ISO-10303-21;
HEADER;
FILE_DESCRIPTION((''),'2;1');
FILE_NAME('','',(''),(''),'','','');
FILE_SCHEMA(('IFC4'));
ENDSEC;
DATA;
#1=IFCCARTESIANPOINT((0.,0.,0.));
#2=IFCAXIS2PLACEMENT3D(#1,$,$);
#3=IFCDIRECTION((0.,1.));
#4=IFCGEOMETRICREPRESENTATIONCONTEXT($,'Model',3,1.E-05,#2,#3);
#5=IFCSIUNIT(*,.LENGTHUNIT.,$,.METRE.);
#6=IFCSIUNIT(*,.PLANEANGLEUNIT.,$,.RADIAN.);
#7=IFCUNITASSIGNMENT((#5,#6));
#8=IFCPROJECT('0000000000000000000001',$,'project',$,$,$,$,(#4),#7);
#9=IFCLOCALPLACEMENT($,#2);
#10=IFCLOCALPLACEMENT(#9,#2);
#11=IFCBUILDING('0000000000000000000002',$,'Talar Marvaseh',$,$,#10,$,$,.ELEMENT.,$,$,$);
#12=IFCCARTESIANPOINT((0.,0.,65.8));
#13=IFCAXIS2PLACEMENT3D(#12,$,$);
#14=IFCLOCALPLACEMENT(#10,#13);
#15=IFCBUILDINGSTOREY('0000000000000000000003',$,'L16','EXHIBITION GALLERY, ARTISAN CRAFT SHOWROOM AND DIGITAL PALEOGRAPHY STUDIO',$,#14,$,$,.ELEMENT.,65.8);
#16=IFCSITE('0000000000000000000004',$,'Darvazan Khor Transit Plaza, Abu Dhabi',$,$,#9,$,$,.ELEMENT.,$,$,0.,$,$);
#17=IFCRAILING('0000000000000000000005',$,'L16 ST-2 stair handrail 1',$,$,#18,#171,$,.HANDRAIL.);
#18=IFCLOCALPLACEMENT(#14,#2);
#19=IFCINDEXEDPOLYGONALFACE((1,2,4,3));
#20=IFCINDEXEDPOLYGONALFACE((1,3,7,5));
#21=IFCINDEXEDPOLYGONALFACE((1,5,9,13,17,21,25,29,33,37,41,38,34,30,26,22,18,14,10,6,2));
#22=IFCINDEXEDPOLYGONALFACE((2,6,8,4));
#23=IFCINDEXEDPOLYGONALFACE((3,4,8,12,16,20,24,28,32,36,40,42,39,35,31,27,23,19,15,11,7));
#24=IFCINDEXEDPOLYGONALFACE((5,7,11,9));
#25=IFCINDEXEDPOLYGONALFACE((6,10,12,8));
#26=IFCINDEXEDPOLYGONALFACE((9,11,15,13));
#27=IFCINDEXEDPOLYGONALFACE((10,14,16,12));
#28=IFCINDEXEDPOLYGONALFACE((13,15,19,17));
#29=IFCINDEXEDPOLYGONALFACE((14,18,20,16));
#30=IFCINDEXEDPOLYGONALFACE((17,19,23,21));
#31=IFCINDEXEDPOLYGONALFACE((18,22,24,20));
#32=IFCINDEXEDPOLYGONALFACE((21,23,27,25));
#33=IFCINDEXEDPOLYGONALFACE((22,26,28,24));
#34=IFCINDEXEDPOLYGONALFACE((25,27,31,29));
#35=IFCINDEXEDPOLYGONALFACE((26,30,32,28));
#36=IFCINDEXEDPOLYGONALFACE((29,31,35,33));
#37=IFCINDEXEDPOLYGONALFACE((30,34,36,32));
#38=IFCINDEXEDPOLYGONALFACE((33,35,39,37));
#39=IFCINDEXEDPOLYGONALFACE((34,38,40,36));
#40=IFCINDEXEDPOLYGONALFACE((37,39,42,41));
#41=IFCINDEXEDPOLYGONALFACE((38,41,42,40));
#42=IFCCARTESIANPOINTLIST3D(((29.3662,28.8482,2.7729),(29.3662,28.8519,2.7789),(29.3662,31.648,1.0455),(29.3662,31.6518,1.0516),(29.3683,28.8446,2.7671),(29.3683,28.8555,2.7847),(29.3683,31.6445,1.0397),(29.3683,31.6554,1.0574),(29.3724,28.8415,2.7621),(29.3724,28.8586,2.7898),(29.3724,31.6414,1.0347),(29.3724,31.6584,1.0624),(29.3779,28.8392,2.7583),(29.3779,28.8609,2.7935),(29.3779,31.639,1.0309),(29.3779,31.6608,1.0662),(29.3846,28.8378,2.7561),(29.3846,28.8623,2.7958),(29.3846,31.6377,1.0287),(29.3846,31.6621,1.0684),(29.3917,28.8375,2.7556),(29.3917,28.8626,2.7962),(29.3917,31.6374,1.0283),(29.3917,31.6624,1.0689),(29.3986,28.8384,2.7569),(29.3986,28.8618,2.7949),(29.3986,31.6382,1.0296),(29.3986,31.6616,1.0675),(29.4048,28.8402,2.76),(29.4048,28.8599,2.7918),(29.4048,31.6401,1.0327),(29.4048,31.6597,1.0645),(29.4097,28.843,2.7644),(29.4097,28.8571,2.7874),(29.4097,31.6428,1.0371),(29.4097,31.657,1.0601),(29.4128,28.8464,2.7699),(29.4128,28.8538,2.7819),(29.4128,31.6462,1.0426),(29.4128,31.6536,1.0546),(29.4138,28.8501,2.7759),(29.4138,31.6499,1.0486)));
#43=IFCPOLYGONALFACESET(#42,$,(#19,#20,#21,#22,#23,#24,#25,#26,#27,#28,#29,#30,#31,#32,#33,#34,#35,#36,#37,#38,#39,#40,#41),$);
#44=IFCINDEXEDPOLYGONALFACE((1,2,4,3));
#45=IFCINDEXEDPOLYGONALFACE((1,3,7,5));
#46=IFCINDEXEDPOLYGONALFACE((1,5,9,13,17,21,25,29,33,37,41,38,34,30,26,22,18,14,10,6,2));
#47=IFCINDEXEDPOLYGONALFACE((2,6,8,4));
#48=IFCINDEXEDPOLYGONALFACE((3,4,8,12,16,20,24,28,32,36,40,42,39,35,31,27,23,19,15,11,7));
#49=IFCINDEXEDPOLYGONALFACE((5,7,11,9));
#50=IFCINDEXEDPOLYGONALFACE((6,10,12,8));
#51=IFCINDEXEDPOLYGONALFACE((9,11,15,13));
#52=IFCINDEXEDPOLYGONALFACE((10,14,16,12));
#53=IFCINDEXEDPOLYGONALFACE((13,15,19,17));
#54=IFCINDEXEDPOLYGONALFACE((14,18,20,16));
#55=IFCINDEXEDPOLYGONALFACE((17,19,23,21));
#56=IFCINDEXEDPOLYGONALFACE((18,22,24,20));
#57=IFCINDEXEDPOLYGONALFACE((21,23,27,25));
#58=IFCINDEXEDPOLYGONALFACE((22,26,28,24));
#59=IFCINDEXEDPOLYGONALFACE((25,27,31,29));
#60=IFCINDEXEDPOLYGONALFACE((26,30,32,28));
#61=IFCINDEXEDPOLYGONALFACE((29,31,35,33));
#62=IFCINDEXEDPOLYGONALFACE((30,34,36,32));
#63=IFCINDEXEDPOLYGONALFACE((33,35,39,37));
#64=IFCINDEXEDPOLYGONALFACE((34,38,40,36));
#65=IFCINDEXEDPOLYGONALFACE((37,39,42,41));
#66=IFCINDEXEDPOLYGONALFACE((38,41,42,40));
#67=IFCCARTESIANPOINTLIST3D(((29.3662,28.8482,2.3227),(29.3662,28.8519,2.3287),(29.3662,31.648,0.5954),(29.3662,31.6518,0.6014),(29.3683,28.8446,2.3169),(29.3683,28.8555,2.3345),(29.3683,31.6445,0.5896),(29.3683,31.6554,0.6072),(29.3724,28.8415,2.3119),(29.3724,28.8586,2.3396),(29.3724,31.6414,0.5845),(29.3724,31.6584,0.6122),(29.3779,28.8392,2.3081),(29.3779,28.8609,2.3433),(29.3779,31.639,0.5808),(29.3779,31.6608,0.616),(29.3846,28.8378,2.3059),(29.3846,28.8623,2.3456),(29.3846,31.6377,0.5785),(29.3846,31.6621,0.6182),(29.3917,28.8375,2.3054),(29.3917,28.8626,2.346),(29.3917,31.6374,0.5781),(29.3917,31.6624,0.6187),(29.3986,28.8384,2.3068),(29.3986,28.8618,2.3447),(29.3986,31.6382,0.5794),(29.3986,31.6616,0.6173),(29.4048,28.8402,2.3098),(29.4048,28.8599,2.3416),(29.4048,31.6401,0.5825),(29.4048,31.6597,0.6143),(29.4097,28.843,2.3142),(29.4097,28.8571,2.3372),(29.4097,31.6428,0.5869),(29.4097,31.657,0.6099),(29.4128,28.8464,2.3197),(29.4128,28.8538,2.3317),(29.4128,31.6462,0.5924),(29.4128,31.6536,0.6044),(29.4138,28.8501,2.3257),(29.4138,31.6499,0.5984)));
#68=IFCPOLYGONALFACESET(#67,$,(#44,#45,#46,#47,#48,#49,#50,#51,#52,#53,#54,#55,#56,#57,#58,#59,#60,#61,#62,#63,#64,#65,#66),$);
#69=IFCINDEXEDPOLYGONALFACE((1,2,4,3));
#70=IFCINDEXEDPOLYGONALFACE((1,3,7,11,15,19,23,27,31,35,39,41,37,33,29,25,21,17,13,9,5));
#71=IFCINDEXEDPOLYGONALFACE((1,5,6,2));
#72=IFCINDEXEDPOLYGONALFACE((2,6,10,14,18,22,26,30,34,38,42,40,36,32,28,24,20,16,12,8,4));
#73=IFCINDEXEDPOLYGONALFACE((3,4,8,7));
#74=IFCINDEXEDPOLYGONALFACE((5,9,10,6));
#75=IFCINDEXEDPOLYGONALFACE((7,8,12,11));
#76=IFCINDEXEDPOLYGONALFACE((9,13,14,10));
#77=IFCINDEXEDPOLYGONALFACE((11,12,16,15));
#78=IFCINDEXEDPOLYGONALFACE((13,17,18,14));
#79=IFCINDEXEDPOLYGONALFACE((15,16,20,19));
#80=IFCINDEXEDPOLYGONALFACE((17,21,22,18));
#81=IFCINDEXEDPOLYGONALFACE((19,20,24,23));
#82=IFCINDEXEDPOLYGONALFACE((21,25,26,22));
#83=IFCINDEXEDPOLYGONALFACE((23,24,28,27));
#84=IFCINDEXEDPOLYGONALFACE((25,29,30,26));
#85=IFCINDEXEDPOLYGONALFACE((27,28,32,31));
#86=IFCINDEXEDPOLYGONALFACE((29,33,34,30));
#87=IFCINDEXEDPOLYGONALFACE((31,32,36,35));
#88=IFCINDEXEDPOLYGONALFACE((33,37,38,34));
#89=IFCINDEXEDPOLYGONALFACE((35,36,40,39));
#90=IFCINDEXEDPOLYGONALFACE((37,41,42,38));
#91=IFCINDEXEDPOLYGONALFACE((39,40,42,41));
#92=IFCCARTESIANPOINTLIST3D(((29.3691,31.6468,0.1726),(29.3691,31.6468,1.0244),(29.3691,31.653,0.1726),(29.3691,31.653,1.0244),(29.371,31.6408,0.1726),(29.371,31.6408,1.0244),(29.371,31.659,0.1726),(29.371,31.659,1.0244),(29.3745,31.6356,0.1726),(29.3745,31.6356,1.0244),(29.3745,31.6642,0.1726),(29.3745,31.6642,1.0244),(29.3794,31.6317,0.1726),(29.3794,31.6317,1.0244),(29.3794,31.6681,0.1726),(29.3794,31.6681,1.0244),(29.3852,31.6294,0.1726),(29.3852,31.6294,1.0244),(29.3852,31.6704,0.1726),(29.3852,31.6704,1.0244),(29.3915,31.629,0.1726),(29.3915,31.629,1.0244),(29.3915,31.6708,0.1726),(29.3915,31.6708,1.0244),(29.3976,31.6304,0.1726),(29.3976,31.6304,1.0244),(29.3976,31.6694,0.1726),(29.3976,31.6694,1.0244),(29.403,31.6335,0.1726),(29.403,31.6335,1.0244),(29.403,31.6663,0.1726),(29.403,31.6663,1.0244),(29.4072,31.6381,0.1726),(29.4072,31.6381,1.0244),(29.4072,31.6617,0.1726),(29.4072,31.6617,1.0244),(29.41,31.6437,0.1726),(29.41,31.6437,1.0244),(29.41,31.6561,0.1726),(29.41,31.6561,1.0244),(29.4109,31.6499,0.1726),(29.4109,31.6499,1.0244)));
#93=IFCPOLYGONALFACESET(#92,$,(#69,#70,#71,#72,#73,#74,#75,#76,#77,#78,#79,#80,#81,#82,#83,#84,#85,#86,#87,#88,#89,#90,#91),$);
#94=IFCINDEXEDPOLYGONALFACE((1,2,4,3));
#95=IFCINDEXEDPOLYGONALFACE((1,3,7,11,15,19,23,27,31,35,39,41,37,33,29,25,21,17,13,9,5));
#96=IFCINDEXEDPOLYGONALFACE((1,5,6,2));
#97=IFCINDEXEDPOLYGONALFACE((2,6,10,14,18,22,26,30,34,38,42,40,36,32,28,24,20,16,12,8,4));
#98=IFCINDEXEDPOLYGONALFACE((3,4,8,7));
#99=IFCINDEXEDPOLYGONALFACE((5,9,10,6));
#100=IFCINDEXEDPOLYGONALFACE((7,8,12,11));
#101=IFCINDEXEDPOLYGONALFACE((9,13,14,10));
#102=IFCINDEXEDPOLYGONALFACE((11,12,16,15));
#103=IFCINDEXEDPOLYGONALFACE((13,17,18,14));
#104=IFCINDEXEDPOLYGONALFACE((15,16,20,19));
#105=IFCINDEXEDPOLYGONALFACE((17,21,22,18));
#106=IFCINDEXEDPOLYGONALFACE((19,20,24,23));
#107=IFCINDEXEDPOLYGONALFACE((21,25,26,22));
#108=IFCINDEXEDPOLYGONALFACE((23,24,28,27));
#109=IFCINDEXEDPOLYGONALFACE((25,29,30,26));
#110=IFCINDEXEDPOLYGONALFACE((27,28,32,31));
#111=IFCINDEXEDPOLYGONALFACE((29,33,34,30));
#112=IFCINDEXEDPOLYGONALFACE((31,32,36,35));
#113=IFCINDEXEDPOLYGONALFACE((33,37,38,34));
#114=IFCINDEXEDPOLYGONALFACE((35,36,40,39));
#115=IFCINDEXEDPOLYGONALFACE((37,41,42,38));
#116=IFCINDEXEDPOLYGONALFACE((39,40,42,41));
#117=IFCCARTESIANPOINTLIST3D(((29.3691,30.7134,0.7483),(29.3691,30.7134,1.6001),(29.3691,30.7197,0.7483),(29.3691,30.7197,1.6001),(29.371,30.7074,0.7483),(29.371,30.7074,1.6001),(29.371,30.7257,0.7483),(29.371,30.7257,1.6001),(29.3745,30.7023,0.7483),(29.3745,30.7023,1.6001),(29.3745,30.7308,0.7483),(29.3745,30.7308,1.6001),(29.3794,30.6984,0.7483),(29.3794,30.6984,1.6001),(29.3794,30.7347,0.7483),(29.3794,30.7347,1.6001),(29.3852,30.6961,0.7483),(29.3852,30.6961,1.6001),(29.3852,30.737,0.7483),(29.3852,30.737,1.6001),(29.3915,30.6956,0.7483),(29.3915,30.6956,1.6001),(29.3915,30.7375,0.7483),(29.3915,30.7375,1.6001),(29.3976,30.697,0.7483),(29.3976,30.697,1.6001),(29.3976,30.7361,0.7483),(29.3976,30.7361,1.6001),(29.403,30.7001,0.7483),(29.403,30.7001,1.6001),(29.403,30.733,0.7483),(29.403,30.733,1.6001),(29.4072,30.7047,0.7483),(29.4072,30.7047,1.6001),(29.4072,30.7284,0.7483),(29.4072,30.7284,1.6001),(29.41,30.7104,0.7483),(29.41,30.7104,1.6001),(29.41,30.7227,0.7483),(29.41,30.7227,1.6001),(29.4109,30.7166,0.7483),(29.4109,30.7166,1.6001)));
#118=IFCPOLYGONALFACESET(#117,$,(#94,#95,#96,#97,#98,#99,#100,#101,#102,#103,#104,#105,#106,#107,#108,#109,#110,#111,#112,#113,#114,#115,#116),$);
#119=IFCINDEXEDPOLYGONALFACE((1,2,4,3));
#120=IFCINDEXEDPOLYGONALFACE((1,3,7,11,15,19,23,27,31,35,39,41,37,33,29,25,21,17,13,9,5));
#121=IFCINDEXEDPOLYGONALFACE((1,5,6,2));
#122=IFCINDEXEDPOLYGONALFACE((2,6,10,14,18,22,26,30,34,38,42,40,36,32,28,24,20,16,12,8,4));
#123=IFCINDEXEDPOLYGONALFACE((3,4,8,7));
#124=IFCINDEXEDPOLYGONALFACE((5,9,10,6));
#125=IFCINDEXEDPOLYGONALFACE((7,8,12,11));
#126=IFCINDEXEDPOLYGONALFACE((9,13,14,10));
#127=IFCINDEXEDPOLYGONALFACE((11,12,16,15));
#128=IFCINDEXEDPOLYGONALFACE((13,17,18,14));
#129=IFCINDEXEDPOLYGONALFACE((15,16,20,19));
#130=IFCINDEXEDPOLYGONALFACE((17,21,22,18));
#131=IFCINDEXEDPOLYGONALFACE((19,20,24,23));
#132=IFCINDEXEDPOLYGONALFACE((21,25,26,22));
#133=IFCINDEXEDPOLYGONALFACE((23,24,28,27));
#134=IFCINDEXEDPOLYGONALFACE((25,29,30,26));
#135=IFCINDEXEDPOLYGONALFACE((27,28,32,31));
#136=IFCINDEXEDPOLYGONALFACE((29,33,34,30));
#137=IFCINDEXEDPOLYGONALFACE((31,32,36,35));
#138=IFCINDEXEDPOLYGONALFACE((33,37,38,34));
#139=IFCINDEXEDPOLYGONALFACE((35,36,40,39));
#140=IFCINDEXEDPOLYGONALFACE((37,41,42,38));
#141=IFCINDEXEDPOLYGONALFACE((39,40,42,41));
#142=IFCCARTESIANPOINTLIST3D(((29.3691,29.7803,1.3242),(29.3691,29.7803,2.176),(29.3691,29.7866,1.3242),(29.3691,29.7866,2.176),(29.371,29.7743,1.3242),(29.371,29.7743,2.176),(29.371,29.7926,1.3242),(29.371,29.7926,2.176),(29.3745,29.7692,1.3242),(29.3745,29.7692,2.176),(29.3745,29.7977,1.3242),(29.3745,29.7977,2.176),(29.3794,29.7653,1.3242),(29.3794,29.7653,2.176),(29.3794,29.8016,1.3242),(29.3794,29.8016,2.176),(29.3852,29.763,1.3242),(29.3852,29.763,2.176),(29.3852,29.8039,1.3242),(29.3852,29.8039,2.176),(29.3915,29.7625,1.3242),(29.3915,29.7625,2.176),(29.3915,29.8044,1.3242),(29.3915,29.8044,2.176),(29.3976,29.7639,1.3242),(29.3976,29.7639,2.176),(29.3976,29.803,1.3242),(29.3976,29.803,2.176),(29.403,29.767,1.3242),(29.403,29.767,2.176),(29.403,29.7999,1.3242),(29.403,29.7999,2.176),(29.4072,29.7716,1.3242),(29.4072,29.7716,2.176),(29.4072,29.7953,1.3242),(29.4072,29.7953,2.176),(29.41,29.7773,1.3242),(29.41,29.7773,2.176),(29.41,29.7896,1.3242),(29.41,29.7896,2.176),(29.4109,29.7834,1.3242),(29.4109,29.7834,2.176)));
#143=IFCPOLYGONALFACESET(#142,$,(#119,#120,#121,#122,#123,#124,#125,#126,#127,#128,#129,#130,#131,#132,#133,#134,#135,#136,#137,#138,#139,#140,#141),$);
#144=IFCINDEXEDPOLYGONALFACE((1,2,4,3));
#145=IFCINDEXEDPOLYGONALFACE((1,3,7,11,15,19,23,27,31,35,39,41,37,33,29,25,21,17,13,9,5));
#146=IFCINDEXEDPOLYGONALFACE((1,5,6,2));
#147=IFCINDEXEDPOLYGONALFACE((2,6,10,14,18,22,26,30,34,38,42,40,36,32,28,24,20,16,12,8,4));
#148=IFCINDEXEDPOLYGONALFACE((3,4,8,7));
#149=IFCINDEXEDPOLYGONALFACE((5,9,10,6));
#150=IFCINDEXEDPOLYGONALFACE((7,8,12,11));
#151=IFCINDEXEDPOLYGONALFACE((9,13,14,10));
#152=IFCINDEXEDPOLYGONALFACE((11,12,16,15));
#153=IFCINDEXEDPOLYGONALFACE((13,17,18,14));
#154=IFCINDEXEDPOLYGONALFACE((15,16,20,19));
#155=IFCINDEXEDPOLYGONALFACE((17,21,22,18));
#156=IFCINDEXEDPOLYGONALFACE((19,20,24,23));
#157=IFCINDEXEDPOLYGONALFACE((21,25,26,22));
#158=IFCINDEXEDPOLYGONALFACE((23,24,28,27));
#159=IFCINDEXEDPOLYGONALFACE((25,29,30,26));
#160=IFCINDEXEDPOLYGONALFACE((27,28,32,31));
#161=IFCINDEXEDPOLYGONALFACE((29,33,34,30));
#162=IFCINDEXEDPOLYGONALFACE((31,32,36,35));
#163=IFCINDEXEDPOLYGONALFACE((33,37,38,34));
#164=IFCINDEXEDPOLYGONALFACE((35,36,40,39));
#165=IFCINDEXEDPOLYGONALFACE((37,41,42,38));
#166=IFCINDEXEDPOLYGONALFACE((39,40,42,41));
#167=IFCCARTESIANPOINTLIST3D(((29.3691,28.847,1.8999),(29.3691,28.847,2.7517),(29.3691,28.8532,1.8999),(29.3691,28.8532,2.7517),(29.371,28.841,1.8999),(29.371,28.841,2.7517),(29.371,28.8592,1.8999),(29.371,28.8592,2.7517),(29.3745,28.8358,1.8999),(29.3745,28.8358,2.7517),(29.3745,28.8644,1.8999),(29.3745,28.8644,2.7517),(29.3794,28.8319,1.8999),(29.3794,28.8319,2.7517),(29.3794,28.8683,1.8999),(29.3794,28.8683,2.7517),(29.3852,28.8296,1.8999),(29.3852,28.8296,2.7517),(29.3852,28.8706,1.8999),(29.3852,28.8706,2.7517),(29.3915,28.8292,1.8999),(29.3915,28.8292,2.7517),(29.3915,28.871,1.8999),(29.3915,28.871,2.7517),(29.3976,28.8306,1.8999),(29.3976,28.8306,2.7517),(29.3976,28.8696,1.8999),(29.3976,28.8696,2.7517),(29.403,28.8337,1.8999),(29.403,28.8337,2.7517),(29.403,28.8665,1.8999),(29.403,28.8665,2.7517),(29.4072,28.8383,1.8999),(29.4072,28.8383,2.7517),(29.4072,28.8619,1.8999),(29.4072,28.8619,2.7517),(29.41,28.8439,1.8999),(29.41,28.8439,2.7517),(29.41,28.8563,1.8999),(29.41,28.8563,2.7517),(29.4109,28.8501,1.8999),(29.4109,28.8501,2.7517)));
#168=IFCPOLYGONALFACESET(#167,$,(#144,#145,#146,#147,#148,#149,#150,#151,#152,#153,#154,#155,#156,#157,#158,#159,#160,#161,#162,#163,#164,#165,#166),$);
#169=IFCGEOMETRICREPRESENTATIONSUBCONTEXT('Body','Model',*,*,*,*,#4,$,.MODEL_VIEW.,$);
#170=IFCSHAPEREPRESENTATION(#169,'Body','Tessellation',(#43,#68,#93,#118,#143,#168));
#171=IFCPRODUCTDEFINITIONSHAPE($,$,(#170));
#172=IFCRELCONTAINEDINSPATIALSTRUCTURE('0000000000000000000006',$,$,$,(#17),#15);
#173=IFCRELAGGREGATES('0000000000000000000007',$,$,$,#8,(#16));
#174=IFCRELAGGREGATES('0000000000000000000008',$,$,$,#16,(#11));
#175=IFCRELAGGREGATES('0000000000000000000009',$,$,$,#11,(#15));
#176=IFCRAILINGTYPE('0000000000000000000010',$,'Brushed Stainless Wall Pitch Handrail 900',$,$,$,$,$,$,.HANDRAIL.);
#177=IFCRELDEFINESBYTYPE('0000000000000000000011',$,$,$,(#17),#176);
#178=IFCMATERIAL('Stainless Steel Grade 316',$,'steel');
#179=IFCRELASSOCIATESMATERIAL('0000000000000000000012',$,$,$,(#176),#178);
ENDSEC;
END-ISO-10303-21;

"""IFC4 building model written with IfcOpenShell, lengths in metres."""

from ifc_helpers import new_model, si_unit, direction, frame, origin, origin_2d, place, context, subcontext, project, spatial, circle, extrude, material, type_object, element, save


model = new_model("IFC4")

# Units and contexts
model_context = context("Model", 3, precision=1e-05, world=origin(), true_north=direction((0.0, 1.0)))
body_context = subcontext(model_context, "Body", "Model", "MODEL_VIEW")
ifc_project = project(units=[si_unit("LENGTHUNIT", "METRE"), si_unit("PLANEANGLEUNIT", "RADIAN")], contexts=[model_context])

# Site, building, storey
site_placement = place(None, origin())
site = spatial("IfcSite", under=ifc_project, at=site_placement, Name="Darvazan Khor Transit Plaza, Abu Dhabi", CompositionType="ELEMENT", RefElevation=0.0)
building_placement = place(site_placement, origin())
building = spatial("IfcBuilding", under=site, at=building_placement, Name="Talar Marvaseh", CompositionType="ELEMENT")
storey_placement = place(building_placement, frame((0.0, 0.0, 65.8)))
storey = spatial("IfcBuildingStorey", under=building, at=storey_placement, Name="L16", Description="EXHIBITION GALLERY, ARTISAN CRAFT SHOWROOM AND DIGITAL PALEOGRAPHY STUDIO", CompositionType="ELEMENT", Elevation=65.8)

# Shared definitions
ifc_material_1 = material(Name="Stainless Steel Grade 316", Category="steel")

# Railing
railing_type_1 = type_object("IfcRailingType", Name="Brushed Stainless Wall Pitch Handrail 900", PredefinedType="HANDRAIL", material=ifc_material_1)
railing_1_placement = place(storey_placement, frame((29.3899, 31.6499, 0.1726)))
element("IfcRailing", 1, at=railing_1_placement, inside=storey, type_object=railing_type_1, Name="L16 ST-2 stair handrail 1", PredefinedType="HANDRAIL", context=body_context, shape_type="SweptSolid", body=[
    extrude(circle(Radius=0.0239, at=origin_2d()), frame((0.0, 0.0, 0.876), z_axis=(0.0, -0.851069, 0.525054), x_axis=(1.0, 0.0, 0.0)), (0.0, 0.0, 1.0), 3.2898),
    extrude(circle(Radius=0.0239, at=origin_2d()), frame((0.0, 0.0, 0.4258), z_axis=(0.0, -0.851069, 0.525054), x_axis=(1.0, 0.0, 0.0)), (0.0, 0.0, 1.0), 3.2898),
    extrude(circle(Radius=0.021, at=origin_2d()), origin(), (0.0, 0.0, 1.0), 0.8518),
    extrude(circle(Radius=0.021, at=origin_2d()), frame((0.0, -0.9333, 0.5757)), (0.0, 0.0, 1.0), 0.8518),
    extrude(circle(Radius=0.021, at=origin_2d()), frame((0.0, -1.8665, 1.1516)), (0.0, 0.0, 1.0), 0.8518),
    extrude(circle(Radius=0.021, at=origin_2d()), frame((0.0, -2.7998, 1.7273)), (0.0, 0.0, 1.0), 0.8518),
])

save(model, "model.ifc")
